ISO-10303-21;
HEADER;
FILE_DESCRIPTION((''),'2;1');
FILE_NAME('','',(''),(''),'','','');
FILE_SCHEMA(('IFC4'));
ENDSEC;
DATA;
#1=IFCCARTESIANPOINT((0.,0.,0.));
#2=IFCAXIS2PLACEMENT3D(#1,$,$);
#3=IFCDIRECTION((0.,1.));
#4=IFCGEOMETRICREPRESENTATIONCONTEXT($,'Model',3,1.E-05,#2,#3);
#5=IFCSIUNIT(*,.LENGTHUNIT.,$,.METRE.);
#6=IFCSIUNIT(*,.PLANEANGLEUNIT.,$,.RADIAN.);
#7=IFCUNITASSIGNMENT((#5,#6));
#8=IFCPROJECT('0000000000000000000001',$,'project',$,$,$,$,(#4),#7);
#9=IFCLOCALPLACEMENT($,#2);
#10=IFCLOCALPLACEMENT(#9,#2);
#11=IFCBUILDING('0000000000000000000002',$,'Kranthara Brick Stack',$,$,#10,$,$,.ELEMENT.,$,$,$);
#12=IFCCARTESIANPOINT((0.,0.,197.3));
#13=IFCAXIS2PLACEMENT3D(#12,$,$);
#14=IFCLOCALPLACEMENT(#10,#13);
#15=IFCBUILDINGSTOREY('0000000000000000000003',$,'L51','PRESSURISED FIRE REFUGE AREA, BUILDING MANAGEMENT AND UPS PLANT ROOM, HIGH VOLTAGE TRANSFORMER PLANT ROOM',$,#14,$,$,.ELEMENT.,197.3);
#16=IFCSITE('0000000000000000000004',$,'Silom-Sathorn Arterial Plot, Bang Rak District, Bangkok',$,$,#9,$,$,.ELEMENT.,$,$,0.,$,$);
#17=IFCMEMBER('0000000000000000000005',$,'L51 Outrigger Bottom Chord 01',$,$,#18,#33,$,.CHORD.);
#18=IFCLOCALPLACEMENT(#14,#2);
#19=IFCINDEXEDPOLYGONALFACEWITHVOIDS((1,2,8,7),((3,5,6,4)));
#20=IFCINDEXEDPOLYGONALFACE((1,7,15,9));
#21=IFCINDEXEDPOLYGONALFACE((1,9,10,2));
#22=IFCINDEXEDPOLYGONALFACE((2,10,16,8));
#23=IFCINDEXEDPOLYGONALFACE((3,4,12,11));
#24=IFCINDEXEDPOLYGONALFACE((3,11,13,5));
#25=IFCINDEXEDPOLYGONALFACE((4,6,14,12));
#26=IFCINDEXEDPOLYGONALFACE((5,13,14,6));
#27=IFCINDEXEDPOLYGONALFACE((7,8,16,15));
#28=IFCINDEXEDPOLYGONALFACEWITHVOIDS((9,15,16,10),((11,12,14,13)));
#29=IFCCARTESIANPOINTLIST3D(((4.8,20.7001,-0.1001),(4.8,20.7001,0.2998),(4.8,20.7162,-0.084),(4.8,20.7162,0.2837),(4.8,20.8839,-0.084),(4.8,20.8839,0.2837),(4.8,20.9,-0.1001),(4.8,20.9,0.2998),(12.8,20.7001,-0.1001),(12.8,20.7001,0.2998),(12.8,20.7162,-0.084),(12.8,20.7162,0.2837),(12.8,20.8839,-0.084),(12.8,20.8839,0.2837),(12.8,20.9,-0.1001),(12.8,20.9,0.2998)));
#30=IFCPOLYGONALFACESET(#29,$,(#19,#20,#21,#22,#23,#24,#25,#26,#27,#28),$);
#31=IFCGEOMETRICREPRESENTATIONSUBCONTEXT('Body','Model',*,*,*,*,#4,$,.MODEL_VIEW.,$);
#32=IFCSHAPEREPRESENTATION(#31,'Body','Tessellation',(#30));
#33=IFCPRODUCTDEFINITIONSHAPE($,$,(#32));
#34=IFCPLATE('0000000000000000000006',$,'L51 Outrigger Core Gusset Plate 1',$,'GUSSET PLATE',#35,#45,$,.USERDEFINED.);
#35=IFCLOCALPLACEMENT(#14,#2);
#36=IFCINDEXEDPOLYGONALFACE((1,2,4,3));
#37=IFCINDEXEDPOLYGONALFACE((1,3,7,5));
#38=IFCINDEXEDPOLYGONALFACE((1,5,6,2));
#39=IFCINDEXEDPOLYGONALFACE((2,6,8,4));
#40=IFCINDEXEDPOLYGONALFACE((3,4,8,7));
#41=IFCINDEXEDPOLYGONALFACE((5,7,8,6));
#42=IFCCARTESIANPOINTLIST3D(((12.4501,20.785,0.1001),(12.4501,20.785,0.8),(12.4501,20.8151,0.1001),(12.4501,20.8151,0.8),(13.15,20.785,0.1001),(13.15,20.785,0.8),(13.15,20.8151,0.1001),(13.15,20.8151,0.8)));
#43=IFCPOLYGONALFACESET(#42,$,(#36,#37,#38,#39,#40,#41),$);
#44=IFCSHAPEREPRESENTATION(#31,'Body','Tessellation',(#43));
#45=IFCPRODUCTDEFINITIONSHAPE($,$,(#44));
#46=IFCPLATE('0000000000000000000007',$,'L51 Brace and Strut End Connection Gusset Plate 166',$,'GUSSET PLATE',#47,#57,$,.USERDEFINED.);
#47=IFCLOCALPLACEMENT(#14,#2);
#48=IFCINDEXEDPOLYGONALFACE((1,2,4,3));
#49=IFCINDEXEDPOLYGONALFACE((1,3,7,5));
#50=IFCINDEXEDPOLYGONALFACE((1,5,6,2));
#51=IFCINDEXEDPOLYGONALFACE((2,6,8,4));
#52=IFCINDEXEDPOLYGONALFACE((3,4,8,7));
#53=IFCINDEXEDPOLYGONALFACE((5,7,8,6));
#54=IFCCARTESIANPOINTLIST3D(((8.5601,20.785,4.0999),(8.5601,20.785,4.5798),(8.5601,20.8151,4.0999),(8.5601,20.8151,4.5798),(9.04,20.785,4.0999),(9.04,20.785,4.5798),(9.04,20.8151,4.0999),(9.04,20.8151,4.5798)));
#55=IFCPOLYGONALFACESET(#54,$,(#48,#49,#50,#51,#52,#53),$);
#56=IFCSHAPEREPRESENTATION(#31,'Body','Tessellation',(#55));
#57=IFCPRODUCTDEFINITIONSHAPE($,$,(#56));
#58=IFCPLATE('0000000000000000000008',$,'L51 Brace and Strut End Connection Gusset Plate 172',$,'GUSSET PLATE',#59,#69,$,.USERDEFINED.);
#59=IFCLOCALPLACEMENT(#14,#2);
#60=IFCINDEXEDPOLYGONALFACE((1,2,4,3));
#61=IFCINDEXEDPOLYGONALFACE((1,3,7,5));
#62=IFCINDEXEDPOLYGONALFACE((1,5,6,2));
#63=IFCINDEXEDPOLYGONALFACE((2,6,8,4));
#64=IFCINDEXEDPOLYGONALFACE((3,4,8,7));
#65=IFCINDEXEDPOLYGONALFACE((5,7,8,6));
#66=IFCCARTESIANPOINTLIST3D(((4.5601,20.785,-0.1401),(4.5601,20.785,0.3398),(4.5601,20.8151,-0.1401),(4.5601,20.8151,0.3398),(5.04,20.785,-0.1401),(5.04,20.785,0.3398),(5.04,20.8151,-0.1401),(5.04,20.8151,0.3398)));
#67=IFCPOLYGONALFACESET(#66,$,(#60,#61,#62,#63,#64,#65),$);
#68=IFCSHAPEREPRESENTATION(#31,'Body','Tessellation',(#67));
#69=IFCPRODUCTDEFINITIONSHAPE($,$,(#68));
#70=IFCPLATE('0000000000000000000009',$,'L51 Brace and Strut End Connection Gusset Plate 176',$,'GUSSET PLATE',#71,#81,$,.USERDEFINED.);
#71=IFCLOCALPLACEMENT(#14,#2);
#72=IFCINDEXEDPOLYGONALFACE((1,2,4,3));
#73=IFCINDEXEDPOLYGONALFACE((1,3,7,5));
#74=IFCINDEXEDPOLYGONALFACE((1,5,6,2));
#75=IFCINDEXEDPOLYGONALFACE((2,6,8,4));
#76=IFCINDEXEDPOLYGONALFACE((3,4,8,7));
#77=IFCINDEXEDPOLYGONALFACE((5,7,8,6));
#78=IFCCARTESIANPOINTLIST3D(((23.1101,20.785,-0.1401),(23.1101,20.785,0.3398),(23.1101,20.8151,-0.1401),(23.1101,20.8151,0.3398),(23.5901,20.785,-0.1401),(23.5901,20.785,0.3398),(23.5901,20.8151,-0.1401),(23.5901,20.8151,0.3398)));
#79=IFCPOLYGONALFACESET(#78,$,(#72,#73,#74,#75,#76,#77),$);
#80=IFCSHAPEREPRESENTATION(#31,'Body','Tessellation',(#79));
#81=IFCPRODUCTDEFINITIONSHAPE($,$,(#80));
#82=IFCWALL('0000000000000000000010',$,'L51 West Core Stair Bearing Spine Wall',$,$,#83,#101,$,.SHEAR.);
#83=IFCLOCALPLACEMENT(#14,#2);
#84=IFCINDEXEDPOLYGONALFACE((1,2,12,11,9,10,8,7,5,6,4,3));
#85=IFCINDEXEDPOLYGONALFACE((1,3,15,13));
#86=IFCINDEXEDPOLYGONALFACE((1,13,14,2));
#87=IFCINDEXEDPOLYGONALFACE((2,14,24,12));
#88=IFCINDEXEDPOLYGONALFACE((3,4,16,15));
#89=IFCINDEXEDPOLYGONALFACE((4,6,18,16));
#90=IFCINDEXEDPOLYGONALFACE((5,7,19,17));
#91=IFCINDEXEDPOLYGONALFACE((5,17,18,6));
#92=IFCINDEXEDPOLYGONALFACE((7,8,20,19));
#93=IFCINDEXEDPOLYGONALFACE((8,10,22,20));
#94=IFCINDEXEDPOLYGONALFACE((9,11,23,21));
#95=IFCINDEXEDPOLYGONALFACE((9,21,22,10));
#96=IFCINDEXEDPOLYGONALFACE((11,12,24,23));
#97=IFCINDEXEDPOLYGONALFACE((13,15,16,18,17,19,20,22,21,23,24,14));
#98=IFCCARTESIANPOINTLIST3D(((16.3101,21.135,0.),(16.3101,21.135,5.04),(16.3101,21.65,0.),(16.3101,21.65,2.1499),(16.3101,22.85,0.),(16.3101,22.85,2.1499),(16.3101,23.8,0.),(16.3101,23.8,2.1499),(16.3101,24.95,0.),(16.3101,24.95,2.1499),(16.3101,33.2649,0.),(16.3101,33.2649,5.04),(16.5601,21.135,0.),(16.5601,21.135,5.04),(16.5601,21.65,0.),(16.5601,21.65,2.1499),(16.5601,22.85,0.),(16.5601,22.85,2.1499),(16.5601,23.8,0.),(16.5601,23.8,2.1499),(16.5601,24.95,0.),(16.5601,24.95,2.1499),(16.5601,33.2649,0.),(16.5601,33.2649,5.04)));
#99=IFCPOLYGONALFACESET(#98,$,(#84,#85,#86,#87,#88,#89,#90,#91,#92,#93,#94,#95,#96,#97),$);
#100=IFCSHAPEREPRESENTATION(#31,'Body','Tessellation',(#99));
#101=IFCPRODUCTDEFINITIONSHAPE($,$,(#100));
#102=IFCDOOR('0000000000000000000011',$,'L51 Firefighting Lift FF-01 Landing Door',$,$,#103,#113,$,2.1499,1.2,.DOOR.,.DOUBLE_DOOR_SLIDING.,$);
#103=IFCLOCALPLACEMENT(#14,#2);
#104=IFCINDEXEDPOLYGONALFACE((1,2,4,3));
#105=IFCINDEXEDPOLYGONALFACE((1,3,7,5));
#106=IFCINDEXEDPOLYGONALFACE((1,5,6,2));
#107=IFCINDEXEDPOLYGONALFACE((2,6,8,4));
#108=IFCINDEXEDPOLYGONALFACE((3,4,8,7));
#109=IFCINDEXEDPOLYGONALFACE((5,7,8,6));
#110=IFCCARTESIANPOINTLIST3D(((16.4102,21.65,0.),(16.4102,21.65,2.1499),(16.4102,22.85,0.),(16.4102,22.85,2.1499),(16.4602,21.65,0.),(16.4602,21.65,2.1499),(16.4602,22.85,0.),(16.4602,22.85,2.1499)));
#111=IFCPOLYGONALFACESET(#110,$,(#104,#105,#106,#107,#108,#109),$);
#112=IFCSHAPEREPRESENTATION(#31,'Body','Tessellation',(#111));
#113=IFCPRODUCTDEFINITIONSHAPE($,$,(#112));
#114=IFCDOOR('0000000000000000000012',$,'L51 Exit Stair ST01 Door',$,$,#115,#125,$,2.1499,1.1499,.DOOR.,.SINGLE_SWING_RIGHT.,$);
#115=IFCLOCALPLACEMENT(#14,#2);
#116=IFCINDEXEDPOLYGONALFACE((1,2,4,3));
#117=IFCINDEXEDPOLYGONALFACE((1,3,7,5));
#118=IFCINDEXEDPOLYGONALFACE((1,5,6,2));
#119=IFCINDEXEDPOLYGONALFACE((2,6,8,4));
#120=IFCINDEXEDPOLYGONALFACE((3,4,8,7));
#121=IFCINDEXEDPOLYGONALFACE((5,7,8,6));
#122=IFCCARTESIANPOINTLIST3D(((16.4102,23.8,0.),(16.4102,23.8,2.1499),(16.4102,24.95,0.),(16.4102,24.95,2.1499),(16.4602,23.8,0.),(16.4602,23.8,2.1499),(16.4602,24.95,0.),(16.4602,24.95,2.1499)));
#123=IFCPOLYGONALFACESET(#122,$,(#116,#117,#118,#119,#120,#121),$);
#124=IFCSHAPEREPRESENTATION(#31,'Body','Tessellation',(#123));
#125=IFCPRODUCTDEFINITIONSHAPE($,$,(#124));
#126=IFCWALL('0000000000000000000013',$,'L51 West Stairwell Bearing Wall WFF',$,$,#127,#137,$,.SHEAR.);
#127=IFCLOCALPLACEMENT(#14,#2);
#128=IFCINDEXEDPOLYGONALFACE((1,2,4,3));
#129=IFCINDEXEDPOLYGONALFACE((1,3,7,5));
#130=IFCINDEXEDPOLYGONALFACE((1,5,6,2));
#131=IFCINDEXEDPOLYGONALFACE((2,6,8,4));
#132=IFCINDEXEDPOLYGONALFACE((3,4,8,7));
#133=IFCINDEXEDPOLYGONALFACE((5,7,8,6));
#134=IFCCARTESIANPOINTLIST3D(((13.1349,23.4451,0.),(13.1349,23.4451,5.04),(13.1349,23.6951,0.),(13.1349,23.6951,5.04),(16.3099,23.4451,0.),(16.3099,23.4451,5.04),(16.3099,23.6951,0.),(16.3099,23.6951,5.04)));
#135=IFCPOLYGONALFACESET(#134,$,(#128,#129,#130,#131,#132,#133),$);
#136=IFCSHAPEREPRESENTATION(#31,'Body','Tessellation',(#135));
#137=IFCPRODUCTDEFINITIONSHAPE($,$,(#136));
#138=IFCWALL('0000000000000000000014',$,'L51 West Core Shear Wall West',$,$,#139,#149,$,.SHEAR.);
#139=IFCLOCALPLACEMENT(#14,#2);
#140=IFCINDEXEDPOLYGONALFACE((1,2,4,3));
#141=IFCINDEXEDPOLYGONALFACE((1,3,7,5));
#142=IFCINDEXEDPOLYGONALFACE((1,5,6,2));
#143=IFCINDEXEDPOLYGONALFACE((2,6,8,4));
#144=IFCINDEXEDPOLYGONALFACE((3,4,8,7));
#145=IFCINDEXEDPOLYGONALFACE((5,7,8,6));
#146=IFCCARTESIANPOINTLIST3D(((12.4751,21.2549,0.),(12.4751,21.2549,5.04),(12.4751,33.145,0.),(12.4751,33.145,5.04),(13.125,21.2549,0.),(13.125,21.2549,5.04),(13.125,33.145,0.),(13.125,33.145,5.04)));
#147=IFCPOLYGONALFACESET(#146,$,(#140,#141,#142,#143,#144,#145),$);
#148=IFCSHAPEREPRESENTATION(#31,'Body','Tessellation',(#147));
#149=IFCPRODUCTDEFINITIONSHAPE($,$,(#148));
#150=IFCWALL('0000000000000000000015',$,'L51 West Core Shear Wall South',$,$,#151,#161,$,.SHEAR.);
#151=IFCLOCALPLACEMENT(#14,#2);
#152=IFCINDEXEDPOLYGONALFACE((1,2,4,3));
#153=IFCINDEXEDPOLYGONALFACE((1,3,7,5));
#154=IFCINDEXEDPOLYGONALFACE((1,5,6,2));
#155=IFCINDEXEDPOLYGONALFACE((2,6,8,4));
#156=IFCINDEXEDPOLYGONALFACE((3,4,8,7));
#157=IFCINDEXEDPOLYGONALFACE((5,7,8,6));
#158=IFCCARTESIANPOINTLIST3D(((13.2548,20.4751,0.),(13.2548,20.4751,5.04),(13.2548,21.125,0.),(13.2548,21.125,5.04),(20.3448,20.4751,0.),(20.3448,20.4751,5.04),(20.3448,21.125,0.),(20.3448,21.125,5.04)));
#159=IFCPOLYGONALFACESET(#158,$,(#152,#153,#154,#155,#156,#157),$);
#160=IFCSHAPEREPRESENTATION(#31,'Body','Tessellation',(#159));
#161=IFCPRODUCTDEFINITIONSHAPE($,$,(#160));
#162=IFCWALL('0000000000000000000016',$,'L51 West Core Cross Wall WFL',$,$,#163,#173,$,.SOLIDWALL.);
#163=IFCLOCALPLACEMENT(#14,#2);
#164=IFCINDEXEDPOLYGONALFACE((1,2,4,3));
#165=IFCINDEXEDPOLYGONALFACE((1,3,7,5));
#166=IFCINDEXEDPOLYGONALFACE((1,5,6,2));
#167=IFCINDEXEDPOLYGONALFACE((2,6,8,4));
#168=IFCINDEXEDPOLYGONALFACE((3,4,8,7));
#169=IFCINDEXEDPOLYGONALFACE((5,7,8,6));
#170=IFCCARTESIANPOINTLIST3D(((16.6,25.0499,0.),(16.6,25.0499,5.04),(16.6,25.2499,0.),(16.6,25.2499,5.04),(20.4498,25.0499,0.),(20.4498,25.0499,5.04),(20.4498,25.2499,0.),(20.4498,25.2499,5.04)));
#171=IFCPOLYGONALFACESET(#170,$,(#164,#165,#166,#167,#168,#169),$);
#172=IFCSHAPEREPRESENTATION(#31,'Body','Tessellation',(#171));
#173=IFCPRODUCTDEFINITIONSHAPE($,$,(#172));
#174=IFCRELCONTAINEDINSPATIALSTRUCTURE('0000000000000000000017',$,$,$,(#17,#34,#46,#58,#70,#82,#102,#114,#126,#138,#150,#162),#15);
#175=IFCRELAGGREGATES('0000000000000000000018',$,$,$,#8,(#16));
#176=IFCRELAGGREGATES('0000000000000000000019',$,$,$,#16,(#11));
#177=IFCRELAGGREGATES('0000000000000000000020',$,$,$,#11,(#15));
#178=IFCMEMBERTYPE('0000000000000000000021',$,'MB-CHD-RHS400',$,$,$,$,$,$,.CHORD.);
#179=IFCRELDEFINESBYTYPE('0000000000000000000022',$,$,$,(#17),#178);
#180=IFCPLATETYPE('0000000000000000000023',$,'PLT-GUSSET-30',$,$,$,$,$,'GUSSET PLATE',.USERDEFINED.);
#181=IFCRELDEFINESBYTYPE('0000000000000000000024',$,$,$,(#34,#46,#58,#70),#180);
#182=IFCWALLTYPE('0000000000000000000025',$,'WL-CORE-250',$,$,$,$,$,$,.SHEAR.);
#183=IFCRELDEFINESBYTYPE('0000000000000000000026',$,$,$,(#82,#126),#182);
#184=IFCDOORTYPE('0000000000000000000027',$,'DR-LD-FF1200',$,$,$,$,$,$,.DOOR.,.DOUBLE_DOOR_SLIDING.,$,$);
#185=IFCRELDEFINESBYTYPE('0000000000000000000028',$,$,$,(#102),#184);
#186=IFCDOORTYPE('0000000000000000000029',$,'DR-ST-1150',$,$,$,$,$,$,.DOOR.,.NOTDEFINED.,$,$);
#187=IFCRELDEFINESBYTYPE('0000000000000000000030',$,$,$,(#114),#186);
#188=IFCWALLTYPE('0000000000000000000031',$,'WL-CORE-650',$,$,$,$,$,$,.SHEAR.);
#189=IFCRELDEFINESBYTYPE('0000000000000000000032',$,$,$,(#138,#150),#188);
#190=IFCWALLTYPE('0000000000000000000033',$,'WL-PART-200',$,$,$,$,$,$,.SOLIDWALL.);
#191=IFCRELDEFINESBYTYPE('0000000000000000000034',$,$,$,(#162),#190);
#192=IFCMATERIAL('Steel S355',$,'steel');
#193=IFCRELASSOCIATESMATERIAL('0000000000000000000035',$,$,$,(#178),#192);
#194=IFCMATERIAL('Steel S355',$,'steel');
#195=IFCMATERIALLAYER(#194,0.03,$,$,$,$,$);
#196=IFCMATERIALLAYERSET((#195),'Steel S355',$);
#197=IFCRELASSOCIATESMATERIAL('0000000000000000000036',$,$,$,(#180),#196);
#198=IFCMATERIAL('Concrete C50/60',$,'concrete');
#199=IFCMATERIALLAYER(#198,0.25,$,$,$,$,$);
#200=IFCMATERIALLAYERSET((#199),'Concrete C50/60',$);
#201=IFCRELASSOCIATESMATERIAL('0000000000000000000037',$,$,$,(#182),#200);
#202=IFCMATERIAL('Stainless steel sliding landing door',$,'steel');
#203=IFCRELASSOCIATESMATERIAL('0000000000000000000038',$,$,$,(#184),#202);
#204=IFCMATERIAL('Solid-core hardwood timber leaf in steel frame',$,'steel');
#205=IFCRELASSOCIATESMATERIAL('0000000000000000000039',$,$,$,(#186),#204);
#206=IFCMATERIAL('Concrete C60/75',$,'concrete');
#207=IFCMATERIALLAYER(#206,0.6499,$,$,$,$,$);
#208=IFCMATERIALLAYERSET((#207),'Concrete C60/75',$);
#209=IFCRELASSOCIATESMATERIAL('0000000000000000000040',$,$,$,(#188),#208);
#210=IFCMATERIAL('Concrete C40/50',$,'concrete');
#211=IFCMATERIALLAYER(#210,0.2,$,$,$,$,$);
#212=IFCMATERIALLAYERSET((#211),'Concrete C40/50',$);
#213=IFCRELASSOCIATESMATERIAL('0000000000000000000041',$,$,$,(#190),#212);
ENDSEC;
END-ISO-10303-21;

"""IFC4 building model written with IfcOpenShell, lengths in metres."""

from ifc_helpers import new_model, si_unit, direction, frame, frame_2d, origin, origin_2d, place, context, subcontext, project, spatial, rectangle, hollow_rectangle, extrude, material, layer, layer_set, material_profile, profile_set, type_object, element, fill, save


model = new_model("IFC4")

# Units and contexts
model_context = context("Model", 3, precision=1e-05, world=origin(), true_north=direction((0.0, 1.0)))
body_context = subcontext(model_context, "Body", "Model", "MODEL_VIEW")
ifc_project = project(units=[si_unit("LENGTHUNIT", "METRE"), si_unit("PLANEANGLEUNIT", "RADIAN")], contexts=[model_context])

# Site, building, storey
site_placement = place(None, origin())
site = spatial("IfcSite", under=ifc_project, at=site_placement, Name="Silom-Sathorn Arterial Plot, Bang Rak District, Bangkok", CompositionType="ELEMENT", RefElevation=0.0)
building_placement = place(site_placement, origin())
building = spatial("IfcBuilding", under=site, at=building_placement, Name="Kranthara Brick Stack", CompositionType="ELEMENT")
storey_placement = place(building_placement, frame((0.0, 0.0, 197.3)))
storey = spatial("IfcBuildingStorey", under=building, at=storey_placement, Name="L51", Description="PRESSURISED FIRE REFUGE AREA, BUILDING MANAGEMENT AND UPS PLANT ROOM, HIGH VOLTAGE TRANSFORMER PLANT ROOM", CompositionType="ELEMENT", Elevation=197.3)

# Member
ifc_material_1 = material(Name="Steel S355", Category="steel")
ifc_material_profile_1 = material_profile(ifc_material_1, hollow_rectangle(XDim=0.2, YDim=0.3999, WallThickness=0.0161, at=origin_2d()), Name="RHS 200x400x16")
ifc_profile_set_1 = profile_set([ifc_material_profile_1], Name="Steel S355")
member_type_1 = type_object("IfcMemberType", Name="MB-CHD-RHS400", PredefinedType="CHORD", material=ifc_profile_set_1)
member_1_placement = place(storey_placement, frame((12.8, 20.8, 0.0999), z_axis=(-1.0, 0.0, 0.0), x_axis=(0.0, -1.0, 0.0)))
element("IfcMember", 1, at=member_1_placement, inside=storey, type_object=member_type_1, Name="L51 Outrigger Bottom Chord 01", PredefinedType="CHORD", context=body_context, shape_type="SweptSolid", body=[
    extrude(hollow_rectangle(XDim=0.2, YDim=0.3999, WallThickness=0.0161, at=origin_2d()), origin(), (0.0, 0.0, 1.0), 8.0),
])

# Plates
ifc_material_2 = material(Name="Steel S355", Category="steel")
ifc_layer_1 = layer(ifc_material_2, 0.03)
ifc_layer_set_1 = layer_set([ifc_layer_1], Name="Steel S355")
plate_type = type_object("IfcPlateType", Name="PLT-GUSSET-30", ElementType="GUSSET PLATE", PredefinedType="USERDEFINED", material=ifc_layer_set_1)
plate_placement = place(storey_placement, frame((12.8, 20.8, 0.1001), z_axis=(0.0, 0.0, 1.0), x_axis=(1.0, 0.0, 0.0)))
element("IfcPlate", 2, at=plate_placement, inside=storey, type_object=plate_type, Name="L51 Outrigger Core Gusset Plate 1", ObjectType="GUSSET PLATE", PredefinedType="USERDEFINED", context=body_context, shape_type="SweptSolid", body=[
    extrude(rectangle(XDim=0.7, YDim=0.03, at=origin_2d()), origin(), (0.0, 0.0, 1.0), 0.7),
])
for number, where, z_axis, x_axis, name in (
    (3, (8.8, 20.8, 4.0999), (0.0, 0.0, 1.0), (1.0, 0.0, 0.0), "L51 Brace and Strut End Connection Gusset Plate 166"),
    (4, (4.8, 20.8, -0.1401), (0.0, 0.0, 1.0), (1.0, 0.0, 0.0), "L51 Brace and Strut End Connection Gusset Plate 172"),
    (5, (23.3501, 20.8, -0.1401), (0.0, 0.0, 1.0), (1.0, 0.0, 0.0), "L51 Brace and Strut End Connection Gusset Plate 176"),
):
    element("IfcPlate", number, at=place(storey_placement, frame(where, z_axis=z_axis, x_axis=x_axis)), inside=storey, type_object=plate_type, Name=name, ObjectType="GUSSET PLATE", PredefinedType="USERDEFINED", context=body_context, shape_type="SweptSolid", body=[
        extrude(rectangle(XDim=0.48, YDim=0.03, at=origin_2d()), origin(), (0.0, 0.0, 1.0), 0.48),
    ])

# Wall, openings, doors
ifc_material_3 = material(Name="Concrete C50/60", Category="concrete")
ifc_layer_2 = layer(ifc_material_3, 0.25)
ifc_layer_set_2 = layer_set([ifc_layer_2], Name="Concrete C50/60")
wall_type_1 = type_object("IfcWallType", Name="WL-CORE-250", PredefinedType="SHEAR", material=ifc_layer_set_2)
wall_1_placement = place(storey_placement, frame((16.4351, 21.135, 0.0), z_axis=(0.0, 0.0, 1.0), x_axis=(0.0, 1.0, 0.0)))
wall_1 = element("IfcWall", 6, at=wall_1_placement, inside=storey, type_object=wall_type_1, Name="L51 West Core Stair Bearing Spine Wall", PredefinedType="SHEAR", context=body_context, shape_type="SweptSolid", body=[
    extrude(rectangle(XDim=12.1299, YDim=0.25, at=frame_2d((6.0649, 0.0))), origin(), (0.0, 0.0, 1.0), 5.04),
])
opening_1_placement = place(wall_1_placement, frame((0.5149, 0.0, 0.0)))
opening_1 = element("IfcOpeningElement", 7, at=opening_1_placement, cuts=wall_1, PredefinedType="OPENING", context=body_context, shape_type="SweptSolid", body=[
    extrude(rectangle(XDim=1.2, YDim=2.1499, at=frame_2d((0.6001, 1.075))), frame((0.0, 0.135, 0.0), z_axis=(0.0, -1.0, 0.0), x_axis=(1.0, 0.0, 0.0)), (0.0, 0.0, 1.0), 0.27),
])
opening_2_placement = place(wall_1_placement, frame((2.665, 0.0, 0.0)))
opening_2 = element("IfcOpeningElement", 8, at=opening_2_placement, cuts=wall_1, PredefinedType="OPENING", context=body_context, shape_type="SweptSolid", body=[
    extrude(rectangle(XDim=1.1499, YDim=2.1499, at=frame_2d((0.575, 1.075))), frame((0.0, 0.135, 0.0), z_axis=(0.0, -1.0, 0.0), x_axis=(1.0, 0.0, 0.0)), (0.0, 0.0, 1.0), 0.27),
])
ifc_material_4 = material(Name="Stainless steel sliding landing door", Category="steel")
door_type_1 = type_object("IfcDoorType", Name="DR-LD-FF1200", OperationType="DOUBLE_DOOR_SLIDING", PredefinedType="DOOR", material=ifc_material_4)
door_1_placement = place(opening_1_placement, origin())
door_1 = element("IfcDoor", 9, at=door_1_placement, inside=storey, type_object=door_type_1, Name="L51 Firefighting Lift FF-01 Landing Door", OperationType="DOUBLE_DOOR_SLIDING", OverallHeight=2.1499, OverallWidth=1.2, PredefinedType="DOOR", context=body_context, shape_type="SweptSolid", body=[
    extrude(rectangle(XDim=1.2, YDim=2.1499, at=frame_2d((0.6001, 1.075))), frame((0.0, 0.0249, 0.0), z_axis=(0.0, -1.0, 0.0), x_axis=(1.0, 0.0, 0.0)), (0.0, 0.0, 1.0), 0.05),
])
fill(opening_1, door_1)
ifc_material_5 = material(Name="Solid-core hardwood timber leaf in steel frame", Category="steel")
door_type_2 = type_object("IfcDoorType", Name="DR-ST-1150", OperationType="NOTDEFINED", PredefinedType="DOOR", material=ifc_material_5)
door_2_placement = place(opening_2_placement, origin())
door_2 = element("IfcDoor", 10, at=door_2_placement, inside=storey, type_object=door_type_2, Name="L51 Exit Stair ST01 Door", OperationType="SINGLE_SWING_RIGHT", OverallHeight=2.1499, OverallWidth=1.1499, PredefinedType="DOOR", context=body_context, shape_type="SweptSolid", body=[
    extrude(rectangle(XDim=1.1499, YDim=2.1499, at=frame_2d((0.575, 1.075))), frame((0.0, 0.0249, 0.0), z_axis=(0.0, -1.0, 0.0), x_axis=(1.0, 0.0, 0.0)), (0.0, 0.0, 1.0), 0.05),
])
fill(opening_2, door_2)

# Walls
wall_2_placement = place(storey_placement, frame((13.135, 23.5701, 0.0), z_axis=(0.0, 0.0, 1.0), x_axis=(1.0, 0.0, 0.0)))
element("IfcWall", 11, at=wall_2_placement, inside=storey, type_object=wall_type_1, Name="L51 West Stairwell Bearing Wall WFF", PredefinedType="SHEAR", context=body_context, shape_type="SweptSolid", body=[
    extrude(rectangle(XDim=3.175, YDim=0.25, at=frame_2d((1.5874, 0.0))), origin(), (0.0, 0.0, 1.0), 5.04),
])
ifc_material_6 = material(Name="Concrete C60/75", Category="concrete")
ifc_layer_3 = layer(ifc_material_6, 0.6499)
ifc_layer_set_3 = layer_set([ifc_layer_3], Name="Concrete C60/75")
wall_type_2 = type_object("IfcWallType", Name="WL-CORE-650", PredefinedType="SHEAR", material=ifc_layer_set_3)
wall_3_placement = place(storey_placement, frame((12.8, 21.2549, 0.0), z_axis=(0.0, 0.0, 1.0), x_axis=(0.0, 1.0, 0.0)))
element("IfcWall", 12, at=wall_3_placement, inside=storey, type_object=wall_type_2, Name="L51 West Core Shear Wall West", PredefinedType="SHEAR", context=body_context, shape_type="SweptSolid", body=[
    extrude(rectangle(XDim=11.8901, YDim=0.6499, at=frame_2d((5.9451, 0.0))), origin(), (0.0, 0.0, 1.0), 5.04),
])
wall_4_placement = place(storey_placement, frame((13.2549, 20.8, 0.0), z_axis=(0.0, 0.0, 1.0), x_axis=(1.0, 0.0, 0.0)))
element("IfcWall", 13, at=wall_4_placement, inside=storey, type_object=wall_type_2, Name="L51 West Core Shear Wall South", PredefinedType="SHEAR", context=body_context, shape_type="SweptSolid", body=[
    extrude(rectangle(XDim=7.0901, YDim=0.6499, at=frame_2d((3.5449, 0.0))), origin(), (0.0, 0.0, 1.0), 5.04),
])

# Wall
ifc_material_7 = material(Name="Concrete C40/50", Category="concrete")
ifc_layer_4 = layer(ifc_material_7, 0.2)
ifc_layer_set_4 = layer_set([ifc_layer_4], Name="Concrete C40/50")
wall_type_3 = type_object("IfcWallType", Name="WL-PART-200", PredefinedType="SOLIDWALL", material=ifc_layer_set_4)
wall_5_placement = place(storey_placement, frame((16.6001, 25.1499, 0.0), z_axis=(0.0, 0.0, 1.0), x_axis=(1.0, 0.0, 0.0)))
element("IfcWall", 14, at=wall_5_placement, inside=storey, type_object=wall_type_3, Name="L51 West Core Cross Wall WFL", PredefinedType="SOLIDWALL", context=body_context, shape_type="SweptSolid", body=[
    extrude(rectangle(XDim=3.8499, YDim=0.2, at=frame_2d((1.9248, 0.0))), origin(), (0.0, 0.0, 1.0), 5.04),
])

save(model, "model.ifc")
